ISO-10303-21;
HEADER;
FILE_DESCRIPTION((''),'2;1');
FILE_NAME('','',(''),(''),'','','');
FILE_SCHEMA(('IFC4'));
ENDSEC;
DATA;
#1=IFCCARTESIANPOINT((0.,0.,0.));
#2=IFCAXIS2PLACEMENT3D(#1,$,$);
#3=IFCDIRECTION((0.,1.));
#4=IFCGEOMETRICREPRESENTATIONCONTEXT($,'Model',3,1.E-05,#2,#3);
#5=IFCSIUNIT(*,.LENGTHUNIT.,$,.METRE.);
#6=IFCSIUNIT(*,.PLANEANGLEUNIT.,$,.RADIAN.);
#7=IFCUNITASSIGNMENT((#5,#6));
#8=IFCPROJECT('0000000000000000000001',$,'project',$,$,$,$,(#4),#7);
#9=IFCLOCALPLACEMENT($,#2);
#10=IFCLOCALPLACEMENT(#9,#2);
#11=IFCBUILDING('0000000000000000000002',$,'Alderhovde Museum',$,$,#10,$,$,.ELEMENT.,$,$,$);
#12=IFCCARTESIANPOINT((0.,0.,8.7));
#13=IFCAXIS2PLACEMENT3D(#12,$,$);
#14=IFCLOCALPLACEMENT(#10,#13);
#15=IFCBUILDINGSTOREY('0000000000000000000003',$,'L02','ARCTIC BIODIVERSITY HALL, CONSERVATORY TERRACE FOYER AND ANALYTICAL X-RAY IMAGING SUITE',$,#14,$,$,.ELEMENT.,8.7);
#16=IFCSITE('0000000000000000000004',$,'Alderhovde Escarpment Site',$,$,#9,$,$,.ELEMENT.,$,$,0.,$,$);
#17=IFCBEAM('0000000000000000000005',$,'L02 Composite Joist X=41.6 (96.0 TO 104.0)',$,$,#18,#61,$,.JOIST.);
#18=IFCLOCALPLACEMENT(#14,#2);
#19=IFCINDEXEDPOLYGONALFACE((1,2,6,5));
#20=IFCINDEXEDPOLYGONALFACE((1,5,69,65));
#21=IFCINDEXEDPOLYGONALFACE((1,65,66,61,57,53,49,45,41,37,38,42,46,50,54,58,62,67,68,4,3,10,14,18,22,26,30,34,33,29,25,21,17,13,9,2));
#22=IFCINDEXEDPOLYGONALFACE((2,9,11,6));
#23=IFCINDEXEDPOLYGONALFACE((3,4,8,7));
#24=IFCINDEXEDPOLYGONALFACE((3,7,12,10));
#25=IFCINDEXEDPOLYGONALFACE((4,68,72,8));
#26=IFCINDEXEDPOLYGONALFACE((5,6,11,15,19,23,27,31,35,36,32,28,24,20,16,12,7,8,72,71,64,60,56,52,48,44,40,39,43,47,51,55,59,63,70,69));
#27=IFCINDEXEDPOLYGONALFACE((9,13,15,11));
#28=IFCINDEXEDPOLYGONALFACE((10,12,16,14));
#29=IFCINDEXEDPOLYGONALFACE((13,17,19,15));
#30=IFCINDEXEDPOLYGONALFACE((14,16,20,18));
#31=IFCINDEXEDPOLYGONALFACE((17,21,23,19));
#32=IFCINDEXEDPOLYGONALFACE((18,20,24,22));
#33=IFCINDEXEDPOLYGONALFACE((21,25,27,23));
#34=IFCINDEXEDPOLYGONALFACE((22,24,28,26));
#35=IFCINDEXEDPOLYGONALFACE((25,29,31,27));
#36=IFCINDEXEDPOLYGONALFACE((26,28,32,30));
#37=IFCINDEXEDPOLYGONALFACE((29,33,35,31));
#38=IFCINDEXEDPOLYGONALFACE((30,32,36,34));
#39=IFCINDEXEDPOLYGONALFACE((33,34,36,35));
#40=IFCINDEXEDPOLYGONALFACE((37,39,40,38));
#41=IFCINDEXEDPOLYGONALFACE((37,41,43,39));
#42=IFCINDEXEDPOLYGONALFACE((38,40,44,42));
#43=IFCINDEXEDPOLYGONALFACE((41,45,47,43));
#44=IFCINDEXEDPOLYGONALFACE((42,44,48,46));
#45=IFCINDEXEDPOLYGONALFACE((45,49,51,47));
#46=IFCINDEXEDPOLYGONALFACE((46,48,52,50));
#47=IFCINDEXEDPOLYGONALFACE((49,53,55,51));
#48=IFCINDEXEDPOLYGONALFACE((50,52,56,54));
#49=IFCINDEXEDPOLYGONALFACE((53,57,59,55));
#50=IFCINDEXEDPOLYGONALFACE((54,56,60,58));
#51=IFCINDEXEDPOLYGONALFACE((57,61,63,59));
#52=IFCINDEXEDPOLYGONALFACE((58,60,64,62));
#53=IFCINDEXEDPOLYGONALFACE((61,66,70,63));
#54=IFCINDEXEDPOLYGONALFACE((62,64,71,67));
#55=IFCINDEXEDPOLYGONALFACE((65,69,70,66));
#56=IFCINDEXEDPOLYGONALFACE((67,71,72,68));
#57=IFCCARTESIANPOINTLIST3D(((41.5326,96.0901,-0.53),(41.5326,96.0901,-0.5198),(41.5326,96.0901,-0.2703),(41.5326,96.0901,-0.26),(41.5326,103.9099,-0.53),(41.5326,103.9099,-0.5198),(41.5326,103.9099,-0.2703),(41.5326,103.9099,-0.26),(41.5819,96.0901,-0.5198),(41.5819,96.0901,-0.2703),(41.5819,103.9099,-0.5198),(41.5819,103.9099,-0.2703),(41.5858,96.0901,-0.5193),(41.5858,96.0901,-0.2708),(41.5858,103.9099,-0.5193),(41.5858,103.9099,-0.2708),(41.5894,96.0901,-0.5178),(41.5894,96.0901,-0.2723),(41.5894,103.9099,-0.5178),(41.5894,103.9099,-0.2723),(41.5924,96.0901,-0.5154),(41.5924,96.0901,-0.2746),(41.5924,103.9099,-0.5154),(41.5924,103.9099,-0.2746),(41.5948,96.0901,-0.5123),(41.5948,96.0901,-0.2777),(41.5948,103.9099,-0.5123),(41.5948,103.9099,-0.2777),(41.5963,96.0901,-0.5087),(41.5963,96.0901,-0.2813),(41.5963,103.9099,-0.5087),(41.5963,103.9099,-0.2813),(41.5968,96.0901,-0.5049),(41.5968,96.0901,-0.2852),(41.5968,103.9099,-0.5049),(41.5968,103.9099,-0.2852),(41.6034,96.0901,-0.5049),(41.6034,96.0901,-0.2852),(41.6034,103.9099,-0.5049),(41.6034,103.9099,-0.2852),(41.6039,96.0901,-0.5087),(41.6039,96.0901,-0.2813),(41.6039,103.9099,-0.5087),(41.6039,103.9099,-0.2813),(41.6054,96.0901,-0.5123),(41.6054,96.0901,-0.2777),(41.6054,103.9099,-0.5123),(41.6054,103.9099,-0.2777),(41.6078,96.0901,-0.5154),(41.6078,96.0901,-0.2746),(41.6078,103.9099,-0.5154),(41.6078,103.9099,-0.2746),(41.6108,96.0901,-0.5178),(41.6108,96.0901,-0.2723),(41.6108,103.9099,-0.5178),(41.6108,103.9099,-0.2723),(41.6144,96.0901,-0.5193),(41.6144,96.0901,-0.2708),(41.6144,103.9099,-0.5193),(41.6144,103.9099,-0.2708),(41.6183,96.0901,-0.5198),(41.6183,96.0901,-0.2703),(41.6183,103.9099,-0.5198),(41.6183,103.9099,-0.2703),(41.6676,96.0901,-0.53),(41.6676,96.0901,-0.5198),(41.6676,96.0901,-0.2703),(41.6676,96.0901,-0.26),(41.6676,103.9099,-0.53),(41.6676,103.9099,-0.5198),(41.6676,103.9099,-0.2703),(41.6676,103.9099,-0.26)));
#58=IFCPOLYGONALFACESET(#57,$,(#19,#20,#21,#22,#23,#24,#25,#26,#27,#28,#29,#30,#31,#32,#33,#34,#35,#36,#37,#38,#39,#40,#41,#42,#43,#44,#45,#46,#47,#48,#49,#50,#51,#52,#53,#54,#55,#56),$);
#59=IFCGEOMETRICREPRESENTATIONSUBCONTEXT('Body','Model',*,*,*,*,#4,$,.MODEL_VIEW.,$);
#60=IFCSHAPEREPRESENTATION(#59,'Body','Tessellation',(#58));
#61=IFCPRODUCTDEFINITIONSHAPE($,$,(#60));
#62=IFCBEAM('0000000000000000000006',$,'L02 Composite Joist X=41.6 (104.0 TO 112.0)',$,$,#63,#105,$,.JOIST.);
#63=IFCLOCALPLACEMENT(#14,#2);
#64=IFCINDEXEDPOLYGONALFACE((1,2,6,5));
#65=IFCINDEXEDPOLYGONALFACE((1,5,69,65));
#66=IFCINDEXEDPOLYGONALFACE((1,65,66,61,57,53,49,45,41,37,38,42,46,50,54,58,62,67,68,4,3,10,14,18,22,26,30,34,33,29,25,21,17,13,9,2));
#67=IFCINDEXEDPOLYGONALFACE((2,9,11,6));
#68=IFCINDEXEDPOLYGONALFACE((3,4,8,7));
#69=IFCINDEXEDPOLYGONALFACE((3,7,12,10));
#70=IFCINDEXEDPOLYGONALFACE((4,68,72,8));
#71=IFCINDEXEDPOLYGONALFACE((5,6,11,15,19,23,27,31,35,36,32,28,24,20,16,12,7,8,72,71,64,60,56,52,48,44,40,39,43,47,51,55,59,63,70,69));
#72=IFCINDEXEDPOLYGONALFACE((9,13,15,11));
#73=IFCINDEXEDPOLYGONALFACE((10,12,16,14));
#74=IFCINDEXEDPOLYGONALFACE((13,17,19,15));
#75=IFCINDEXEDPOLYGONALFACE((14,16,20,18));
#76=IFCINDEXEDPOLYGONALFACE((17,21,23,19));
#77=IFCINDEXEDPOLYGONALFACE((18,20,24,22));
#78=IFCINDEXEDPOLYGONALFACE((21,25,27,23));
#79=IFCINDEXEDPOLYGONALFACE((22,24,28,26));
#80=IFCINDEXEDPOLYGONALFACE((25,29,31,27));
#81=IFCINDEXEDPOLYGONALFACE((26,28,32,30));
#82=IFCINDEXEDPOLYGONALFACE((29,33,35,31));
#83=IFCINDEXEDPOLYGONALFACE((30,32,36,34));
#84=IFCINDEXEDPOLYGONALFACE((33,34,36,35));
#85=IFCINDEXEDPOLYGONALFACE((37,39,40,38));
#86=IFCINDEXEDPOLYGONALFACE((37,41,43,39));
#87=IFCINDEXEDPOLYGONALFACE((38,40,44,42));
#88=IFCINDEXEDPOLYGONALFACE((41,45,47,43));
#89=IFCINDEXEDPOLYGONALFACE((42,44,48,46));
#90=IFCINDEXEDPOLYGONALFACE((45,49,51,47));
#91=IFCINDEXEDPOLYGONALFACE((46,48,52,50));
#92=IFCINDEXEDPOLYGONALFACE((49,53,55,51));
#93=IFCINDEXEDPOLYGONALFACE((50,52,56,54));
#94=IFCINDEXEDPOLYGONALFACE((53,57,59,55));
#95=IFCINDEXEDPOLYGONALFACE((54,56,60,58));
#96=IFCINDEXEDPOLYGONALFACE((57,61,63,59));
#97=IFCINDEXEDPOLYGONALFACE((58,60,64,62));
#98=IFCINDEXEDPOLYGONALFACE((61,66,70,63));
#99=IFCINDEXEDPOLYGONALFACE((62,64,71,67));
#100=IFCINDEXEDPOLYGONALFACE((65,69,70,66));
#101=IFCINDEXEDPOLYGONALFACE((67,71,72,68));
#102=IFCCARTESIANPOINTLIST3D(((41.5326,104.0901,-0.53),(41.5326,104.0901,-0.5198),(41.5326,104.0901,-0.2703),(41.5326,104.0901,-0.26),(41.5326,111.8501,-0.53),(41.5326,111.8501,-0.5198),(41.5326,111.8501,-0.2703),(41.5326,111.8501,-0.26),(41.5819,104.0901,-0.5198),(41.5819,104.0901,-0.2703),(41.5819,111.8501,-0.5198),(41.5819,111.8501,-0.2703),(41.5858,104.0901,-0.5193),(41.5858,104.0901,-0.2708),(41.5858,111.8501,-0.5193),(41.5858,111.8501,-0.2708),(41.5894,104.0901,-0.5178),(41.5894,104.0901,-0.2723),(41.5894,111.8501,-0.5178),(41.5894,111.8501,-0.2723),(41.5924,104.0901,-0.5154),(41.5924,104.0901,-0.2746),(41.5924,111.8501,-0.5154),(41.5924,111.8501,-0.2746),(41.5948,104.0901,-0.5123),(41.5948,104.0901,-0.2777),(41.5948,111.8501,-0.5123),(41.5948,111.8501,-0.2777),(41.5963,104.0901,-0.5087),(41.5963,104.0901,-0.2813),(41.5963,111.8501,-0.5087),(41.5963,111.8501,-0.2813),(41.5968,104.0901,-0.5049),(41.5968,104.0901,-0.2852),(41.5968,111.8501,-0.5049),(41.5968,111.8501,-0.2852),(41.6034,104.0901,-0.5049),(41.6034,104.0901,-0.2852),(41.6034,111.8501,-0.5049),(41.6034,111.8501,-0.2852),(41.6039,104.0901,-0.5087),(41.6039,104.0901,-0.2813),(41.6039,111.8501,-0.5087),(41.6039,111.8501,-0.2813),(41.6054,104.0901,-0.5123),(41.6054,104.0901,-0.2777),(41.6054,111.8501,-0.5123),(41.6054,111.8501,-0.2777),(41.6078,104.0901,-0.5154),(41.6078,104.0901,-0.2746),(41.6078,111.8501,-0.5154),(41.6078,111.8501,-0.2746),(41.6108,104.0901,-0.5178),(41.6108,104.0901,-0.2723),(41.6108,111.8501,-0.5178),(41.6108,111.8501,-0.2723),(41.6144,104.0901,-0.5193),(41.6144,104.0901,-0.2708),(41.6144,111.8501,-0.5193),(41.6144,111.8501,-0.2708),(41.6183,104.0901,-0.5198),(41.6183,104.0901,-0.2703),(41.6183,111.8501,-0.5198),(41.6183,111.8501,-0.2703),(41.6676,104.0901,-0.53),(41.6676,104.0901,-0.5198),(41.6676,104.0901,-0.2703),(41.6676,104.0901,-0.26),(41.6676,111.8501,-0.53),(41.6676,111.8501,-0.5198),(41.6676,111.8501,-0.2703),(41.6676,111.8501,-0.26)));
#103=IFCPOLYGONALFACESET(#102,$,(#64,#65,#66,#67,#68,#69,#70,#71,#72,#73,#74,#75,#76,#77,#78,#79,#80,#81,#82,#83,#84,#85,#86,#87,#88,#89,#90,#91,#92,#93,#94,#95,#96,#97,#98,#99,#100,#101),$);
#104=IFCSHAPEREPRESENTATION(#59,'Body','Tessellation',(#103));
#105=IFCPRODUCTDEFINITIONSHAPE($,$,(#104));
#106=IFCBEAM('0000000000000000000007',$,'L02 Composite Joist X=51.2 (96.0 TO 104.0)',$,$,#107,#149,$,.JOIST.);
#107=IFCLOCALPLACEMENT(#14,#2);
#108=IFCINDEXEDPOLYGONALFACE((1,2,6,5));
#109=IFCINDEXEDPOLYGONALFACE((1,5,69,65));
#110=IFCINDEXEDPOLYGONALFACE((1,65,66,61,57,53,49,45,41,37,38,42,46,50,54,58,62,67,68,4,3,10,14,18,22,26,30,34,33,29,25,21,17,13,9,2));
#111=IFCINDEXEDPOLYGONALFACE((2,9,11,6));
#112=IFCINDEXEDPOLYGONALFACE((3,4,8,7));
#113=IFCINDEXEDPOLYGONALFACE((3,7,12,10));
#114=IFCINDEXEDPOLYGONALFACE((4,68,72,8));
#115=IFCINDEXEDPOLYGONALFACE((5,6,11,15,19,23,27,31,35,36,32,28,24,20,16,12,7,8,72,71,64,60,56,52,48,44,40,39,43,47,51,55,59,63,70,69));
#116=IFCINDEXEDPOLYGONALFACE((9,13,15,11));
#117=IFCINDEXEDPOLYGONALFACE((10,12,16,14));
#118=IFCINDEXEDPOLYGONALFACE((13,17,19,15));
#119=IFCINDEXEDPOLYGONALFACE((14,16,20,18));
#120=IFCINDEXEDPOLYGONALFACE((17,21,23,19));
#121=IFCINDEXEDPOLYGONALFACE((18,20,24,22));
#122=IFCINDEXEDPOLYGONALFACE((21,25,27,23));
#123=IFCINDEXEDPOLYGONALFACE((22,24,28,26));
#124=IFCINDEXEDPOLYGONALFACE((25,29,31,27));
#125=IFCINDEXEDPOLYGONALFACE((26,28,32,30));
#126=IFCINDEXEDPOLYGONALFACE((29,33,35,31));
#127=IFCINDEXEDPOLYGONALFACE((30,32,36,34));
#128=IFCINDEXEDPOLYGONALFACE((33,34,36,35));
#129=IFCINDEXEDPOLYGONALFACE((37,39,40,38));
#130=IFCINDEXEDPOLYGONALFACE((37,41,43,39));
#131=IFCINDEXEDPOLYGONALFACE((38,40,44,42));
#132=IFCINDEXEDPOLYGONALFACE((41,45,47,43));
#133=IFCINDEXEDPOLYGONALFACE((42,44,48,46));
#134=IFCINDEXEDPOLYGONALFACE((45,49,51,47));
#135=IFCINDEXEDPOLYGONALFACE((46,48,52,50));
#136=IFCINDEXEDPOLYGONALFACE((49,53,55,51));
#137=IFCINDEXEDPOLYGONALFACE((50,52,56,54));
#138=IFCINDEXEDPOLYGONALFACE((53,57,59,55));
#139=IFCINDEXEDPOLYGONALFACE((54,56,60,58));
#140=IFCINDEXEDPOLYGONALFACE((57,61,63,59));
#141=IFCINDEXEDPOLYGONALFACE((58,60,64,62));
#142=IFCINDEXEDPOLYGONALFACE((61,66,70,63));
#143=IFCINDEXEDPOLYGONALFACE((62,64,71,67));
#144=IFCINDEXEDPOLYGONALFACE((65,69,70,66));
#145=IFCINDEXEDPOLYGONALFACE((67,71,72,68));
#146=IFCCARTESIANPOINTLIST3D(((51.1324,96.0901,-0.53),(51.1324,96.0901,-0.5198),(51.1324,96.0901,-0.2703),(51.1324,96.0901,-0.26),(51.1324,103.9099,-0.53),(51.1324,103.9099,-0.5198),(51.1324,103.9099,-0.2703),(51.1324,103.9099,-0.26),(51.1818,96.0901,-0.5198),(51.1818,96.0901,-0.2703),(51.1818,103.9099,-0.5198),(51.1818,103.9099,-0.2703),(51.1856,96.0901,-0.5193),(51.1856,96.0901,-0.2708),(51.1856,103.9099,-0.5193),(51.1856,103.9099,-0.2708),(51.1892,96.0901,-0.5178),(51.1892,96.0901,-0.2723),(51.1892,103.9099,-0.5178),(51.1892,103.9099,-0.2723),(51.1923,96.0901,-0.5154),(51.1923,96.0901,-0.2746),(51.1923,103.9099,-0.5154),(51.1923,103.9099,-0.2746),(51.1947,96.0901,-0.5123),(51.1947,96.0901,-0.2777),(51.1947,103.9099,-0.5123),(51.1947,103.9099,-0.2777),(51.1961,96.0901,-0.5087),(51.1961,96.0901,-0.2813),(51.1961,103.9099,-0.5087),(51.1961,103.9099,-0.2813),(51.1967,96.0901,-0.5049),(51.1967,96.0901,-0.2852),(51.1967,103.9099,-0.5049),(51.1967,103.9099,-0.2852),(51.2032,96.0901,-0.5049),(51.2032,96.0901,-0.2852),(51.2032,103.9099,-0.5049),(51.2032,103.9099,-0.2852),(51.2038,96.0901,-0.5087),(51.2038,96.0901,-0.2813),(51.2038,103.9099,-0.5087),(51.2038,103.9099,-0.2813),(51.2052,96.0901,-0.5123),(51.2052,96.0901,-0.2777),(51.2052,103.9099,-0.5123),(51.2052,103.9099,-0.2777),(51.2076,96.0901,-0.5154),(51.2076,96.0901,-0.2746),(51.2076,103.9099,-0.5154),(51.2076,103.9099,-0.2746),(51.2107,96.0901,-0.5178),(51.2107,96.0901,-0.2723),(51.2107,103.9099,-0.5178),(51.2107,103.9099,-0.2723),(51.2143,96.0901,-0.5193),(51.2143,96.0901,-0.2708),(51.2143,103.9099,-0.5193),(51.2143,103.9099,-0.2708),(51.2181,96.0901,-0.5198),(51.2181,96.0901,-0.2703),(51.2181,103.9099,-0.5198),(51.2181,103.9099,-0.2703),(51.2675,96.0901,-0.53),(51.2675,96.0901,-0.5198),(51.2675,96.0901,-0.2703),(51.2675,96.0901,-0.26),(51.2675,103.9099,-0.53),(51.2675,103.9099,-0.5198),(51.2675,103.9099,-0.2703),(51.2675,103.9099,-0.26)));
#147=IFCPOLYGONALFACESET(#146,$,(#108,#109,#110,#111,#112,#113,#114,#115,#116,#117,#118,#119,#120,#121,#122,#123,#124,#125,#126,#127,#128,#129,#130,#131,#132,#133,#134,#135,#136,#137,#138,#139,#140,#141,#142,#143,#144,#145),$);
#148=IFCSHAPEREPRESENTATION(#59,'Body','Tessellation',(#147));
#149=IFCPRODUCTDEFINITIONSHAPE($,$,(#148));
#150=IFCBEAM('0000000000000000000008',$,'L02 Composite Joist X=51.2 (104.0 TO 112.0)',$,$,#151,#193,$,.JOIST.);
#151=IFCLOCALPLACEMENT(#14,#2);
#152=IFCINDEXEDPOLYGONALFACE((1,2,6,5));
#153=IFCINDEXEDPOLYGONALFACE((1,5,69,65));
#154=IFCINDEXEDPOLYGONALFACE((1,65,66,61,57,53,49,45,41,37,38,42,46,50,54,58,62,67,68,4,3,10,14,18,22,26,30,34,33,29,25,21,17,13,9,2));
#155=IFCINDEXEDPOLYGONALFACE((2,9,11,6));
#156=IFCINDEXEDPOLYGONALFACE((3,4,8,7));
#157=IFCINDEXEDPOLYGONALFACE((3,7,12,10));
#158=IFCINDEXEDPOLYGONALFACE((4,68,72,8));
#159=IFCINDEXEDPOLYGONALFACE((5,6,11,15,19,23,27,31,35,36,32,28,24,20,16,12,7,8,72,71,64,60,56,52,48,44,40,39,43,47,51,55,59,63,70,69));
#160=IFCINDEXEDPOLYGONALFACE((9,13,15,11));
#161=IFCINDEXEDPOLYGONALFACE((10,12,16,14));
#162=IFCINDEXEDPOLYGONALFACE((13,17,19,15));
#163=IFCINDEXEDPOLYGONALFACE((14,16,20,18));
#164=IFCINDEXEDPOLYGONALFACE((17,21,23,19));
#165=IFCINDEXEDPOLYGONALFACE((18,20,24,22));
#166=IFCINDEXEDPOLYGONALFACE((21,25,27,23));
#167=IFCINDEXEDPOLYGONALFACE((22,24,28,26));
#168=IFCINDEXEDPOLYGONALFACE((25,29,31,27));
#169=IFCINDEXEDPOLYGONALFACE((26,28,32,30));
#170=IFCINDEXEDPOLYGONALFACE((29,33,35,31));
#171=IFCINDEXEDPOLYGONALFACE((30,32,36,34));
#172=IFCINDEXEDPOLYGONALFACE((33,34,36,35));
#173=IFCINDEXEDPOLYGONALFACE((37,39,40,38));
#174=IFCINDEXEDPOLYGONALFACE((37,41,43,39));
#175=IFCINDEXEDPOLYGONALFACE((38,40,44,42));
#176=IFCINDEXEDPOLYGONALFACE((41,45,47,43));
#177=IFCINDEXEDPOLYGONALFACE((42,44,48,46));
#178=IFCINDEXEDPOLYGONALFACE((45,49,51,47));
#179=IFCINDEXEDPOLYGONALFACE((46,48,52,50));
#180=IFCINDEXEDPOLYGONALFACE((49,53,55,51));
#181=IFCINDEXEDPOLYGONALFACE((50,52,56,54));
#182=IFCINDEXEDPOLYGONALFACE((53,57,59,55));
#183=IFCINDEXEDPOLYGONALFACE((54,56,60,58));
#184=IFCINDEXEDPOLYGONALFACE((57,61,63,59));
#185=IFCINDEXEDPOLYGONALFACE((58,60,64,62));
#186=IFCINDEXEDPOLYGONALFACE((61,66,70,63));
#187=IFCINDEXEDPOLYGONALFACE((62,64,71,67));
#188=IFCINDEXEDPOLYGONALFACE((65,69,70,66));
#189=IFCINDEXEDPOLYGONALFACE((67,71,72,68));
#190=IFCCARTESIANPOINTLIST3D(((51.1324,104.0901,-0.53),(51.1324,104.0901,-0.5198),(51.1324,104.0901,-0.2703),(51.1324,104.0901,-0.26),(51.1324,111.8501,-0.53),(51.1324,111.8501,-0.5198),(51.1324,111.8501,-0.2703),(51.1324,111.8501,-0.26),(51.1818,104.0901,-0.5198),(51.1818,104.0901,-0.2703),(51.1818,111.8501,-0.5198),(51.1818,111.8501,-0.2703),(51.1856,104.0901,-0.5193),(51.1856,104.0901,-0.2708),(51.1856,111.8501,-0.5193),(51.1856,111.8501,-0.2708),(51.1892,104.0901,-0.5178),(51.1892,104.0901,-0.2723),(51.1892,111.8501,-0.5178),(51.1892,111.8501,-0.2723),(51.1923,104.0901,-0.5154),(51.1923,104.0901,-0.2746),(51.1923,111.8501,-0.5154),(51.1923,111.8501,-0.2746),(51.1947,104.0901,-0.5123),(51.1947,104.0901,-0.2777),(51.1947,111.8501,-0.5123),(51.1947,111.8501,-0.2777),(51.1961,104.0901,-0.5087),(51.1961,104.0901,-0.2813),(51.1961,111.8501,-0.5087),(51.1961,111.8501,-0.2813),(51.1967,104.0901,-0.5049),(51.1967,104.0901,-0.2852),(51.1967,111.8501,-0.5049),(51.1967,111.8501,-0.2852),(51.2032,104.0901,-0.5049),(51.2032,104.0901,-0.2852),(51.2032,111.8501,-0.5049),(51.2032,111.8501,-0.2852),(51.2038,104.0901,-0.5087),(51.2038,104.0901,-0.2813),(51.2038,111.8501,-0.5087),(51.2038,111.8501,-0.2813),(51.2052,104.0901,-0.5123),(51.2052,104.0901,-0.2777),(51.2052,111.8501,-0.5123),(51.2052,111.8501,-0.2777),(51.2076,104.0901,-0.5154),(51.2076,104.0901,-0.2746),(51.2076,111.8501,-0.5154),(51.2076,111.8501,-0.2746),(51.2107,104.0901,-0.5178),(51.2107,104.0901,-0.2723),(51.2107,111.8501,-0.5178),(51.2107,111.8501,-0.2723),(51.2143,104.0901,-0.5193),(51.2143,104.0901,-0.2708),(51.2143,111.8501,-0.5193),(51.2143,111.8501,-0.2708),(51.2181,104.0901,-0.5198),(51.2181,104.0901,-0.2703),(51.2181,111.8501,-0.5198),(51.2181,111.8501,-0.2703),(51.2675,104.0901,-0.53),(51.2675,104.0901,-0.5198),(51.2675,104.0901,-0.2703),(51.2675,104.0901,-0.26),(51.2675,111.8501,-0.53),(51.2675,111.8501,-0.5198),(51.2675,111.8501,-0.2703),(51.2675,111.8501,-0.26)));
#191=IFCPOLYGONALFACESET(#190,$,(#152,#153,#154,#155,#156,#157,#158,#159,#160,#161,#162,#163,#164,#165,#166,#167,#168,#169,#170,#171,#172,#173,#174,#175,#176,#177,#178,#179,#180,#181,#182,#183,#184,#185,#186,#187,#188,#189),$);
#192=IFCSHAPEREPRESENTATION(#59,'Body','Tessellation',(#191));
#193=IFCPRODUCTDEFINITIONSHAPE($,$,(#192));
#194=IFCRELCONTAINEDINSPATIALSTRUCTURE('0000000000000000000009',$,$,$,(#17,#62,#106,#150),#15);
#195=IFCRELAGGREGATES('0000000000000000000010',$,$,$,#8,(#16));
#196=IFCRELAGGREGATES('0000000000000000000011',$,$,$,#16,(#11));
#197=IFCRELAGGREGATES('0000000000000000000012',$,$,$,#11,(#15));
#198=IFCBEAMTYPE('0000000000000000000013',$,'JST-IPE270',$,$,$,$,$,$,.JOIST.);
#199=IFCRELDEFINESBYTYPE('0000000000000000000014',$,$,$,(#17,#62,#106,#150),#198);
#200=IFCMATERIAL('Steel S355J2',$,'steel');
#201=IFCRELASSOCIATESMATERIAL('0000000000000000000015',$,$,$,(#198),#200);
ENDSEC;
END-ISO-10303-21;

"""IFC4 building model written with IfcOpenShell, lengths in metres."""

from ifc_helpers import new_model, si_unit, direction, frame, origin, origin_2d, place, context, subcontext, project, spatial, i_section, extrude, material, material_profile, profile_set, type_object, element, save


model = new_model("IFC4")

# Units and contexts
model_context = context("Model", 3, precision=1e-05, world=origin(), true_north=direction((0.0, 1.0)))
body_context = subcontext(model_context, "Body", "Model", "MODEL_VIEW")
ifc_project = project(units=[si_unit("LENGTHUNIT", "METRE"), si_unit("PLANEANGLEUNIT", "RADIAN")], contexts=[model_context])

# Site, building, storey
site_placement = place(None, origin())
site = spatial("IfcSite", under=ifc_project, at=site_placement, Name="Alderhovde Escarpment Site", CompositionType="ELEMENT", RefElevation=0.0)
building_placement = place(site_placement, origin())
building = spatial("IfcBuilding", under=site, at=building_placement, Name="Alderhovde Museum", CompositionType="ELEMENT")
storey_placement = place(building_placement, frame((0.0, 0.0, 8.7)))
storey = spatial("IfcBuildingStorey", under=building, at=storey_placement, Name="L02", Description="ARCTIC BIODIVERSITY HALL, CONSERVATORY TERRACE FOYER AND ANALYTICAL X-RAY IMAGING SUITE", CompositionType="ELEMENT", Elevation=8.7)

# Beams
ifc_material_1 = material(Name="Steel S355J2", Category="steel")
ifc_material_profile_1 = material_profile(ifc_material_1, i_section(OverallWidth=0.135, OverallDepth=0.27, WebThickness=0.0066, FlangeThickness=0.0103, FilletRadius=0.0149, at=origin_2d()), Name="IPE 270")
ifc_profile_set_1 = profile_set([ifc_material_profile_1], Name="Steel S355J2")
beam_type_1 = type_object("IfcBeamType", Name="JST-IPE270", PredefinedType="JOIST", material=ifc_profile_set_1)
beam_1_placement = place(storey_placement, frame((41.6001, 96.0901, -0.395), z_axis=(0.0, 1.0, 0.0), x_axis=(-1.0, 0.0, 0.0)))
element("IfcBeam", 1, at=beam_1_placement, inside=storey, type_object=beam_type_1, Name="L02 Composite Joist X=41.6 (96.0 TO 104.0)", PredefinedType="JOIST", context=body_context, shape_type="SweptSolid", body=[
    extrude(i_section(OverallWidth=0.135, OverallDepth=0.27, WebThickness=0.0066, FlangeThickness=0.0103, FilletRadius=0.0149, at=origin_2d()), origin(), (0.0, 0.0, 1.0), 7.8198),
])
beam_2_placement = place(storey_placement, frame((41.6001, 104.0901, -0.395), z_axis=(0.0, 1.0, 0.0), x_axis=(-1.0, 0.0, 0.0)))
element("IfcBeam", 2, at=beam_2_placement, inside=storey, type_object=beam_type_1, Name="L02 Composite Joist X=41.6 (104.0 TO 112.0)", PredefinedType="JOIST", context=body_context, shape_type="SweptSolid", body=[
    extrude(i_section(OverallWidth=0.135, OverallDepth=0.27, WebThickness=0.0066, FlangeThickness=0.0103, FilletRadius=0.0149, at=origin_2d()), origin(), (0.0, 0.0, 1.0), 7.76),
])
beam_3_placement = place(storey_placement, frame((51.2, 96.0901, -0.395), z_axis=(0.0, 1.0, 0.0), x_axis=(-1.0, 0.0, 0.0)))
element("IfcBeam", 3, at=beam_3_placement, inside=storey, type_object=beam_type_1, Name="L02 Composite Joist X=51.2 (96.0 TO 104.0)", PredefinedType="JOIST", context=body_context, shape_type="SweptSolid", body=[
    extrude(i_section(OverallWidth=0.135, OverallDepth=0.27, WebThickness=0.0066, FlangeThickness=0.0103, FilletRadius=0.0149, at=origin_2d()), origin(), (0.0, 0.0, 1.0), 7.8198),
])
beam_4_placement = place(storey_placement, frame((51.2, 104.0901, -0.395), z_axis=(0.0, 1.0, 0.0), x_axis=(-1.0, 0.0, 0.0)))
element("IfcBeam", 4, at=beam_4_placement, inside=storey, type_object=beam_type_1, Name="L02 Composite Joist X=51.2 (104.0 TO 112.0)", PredefinedType="JOIST", context=body_context, shape_type="SweptSolid", body=[
    extrude(i_section(OverallWidth=0.135, OverallDepth=0.27, WebThickness=0.0066, FlangeThickness=0.0103, FilletRadius=0.0149, at=origin_2d()), origin(), (0.0, 0.0, 1.0), 7.76),
])

save(model, "model.ifc")
